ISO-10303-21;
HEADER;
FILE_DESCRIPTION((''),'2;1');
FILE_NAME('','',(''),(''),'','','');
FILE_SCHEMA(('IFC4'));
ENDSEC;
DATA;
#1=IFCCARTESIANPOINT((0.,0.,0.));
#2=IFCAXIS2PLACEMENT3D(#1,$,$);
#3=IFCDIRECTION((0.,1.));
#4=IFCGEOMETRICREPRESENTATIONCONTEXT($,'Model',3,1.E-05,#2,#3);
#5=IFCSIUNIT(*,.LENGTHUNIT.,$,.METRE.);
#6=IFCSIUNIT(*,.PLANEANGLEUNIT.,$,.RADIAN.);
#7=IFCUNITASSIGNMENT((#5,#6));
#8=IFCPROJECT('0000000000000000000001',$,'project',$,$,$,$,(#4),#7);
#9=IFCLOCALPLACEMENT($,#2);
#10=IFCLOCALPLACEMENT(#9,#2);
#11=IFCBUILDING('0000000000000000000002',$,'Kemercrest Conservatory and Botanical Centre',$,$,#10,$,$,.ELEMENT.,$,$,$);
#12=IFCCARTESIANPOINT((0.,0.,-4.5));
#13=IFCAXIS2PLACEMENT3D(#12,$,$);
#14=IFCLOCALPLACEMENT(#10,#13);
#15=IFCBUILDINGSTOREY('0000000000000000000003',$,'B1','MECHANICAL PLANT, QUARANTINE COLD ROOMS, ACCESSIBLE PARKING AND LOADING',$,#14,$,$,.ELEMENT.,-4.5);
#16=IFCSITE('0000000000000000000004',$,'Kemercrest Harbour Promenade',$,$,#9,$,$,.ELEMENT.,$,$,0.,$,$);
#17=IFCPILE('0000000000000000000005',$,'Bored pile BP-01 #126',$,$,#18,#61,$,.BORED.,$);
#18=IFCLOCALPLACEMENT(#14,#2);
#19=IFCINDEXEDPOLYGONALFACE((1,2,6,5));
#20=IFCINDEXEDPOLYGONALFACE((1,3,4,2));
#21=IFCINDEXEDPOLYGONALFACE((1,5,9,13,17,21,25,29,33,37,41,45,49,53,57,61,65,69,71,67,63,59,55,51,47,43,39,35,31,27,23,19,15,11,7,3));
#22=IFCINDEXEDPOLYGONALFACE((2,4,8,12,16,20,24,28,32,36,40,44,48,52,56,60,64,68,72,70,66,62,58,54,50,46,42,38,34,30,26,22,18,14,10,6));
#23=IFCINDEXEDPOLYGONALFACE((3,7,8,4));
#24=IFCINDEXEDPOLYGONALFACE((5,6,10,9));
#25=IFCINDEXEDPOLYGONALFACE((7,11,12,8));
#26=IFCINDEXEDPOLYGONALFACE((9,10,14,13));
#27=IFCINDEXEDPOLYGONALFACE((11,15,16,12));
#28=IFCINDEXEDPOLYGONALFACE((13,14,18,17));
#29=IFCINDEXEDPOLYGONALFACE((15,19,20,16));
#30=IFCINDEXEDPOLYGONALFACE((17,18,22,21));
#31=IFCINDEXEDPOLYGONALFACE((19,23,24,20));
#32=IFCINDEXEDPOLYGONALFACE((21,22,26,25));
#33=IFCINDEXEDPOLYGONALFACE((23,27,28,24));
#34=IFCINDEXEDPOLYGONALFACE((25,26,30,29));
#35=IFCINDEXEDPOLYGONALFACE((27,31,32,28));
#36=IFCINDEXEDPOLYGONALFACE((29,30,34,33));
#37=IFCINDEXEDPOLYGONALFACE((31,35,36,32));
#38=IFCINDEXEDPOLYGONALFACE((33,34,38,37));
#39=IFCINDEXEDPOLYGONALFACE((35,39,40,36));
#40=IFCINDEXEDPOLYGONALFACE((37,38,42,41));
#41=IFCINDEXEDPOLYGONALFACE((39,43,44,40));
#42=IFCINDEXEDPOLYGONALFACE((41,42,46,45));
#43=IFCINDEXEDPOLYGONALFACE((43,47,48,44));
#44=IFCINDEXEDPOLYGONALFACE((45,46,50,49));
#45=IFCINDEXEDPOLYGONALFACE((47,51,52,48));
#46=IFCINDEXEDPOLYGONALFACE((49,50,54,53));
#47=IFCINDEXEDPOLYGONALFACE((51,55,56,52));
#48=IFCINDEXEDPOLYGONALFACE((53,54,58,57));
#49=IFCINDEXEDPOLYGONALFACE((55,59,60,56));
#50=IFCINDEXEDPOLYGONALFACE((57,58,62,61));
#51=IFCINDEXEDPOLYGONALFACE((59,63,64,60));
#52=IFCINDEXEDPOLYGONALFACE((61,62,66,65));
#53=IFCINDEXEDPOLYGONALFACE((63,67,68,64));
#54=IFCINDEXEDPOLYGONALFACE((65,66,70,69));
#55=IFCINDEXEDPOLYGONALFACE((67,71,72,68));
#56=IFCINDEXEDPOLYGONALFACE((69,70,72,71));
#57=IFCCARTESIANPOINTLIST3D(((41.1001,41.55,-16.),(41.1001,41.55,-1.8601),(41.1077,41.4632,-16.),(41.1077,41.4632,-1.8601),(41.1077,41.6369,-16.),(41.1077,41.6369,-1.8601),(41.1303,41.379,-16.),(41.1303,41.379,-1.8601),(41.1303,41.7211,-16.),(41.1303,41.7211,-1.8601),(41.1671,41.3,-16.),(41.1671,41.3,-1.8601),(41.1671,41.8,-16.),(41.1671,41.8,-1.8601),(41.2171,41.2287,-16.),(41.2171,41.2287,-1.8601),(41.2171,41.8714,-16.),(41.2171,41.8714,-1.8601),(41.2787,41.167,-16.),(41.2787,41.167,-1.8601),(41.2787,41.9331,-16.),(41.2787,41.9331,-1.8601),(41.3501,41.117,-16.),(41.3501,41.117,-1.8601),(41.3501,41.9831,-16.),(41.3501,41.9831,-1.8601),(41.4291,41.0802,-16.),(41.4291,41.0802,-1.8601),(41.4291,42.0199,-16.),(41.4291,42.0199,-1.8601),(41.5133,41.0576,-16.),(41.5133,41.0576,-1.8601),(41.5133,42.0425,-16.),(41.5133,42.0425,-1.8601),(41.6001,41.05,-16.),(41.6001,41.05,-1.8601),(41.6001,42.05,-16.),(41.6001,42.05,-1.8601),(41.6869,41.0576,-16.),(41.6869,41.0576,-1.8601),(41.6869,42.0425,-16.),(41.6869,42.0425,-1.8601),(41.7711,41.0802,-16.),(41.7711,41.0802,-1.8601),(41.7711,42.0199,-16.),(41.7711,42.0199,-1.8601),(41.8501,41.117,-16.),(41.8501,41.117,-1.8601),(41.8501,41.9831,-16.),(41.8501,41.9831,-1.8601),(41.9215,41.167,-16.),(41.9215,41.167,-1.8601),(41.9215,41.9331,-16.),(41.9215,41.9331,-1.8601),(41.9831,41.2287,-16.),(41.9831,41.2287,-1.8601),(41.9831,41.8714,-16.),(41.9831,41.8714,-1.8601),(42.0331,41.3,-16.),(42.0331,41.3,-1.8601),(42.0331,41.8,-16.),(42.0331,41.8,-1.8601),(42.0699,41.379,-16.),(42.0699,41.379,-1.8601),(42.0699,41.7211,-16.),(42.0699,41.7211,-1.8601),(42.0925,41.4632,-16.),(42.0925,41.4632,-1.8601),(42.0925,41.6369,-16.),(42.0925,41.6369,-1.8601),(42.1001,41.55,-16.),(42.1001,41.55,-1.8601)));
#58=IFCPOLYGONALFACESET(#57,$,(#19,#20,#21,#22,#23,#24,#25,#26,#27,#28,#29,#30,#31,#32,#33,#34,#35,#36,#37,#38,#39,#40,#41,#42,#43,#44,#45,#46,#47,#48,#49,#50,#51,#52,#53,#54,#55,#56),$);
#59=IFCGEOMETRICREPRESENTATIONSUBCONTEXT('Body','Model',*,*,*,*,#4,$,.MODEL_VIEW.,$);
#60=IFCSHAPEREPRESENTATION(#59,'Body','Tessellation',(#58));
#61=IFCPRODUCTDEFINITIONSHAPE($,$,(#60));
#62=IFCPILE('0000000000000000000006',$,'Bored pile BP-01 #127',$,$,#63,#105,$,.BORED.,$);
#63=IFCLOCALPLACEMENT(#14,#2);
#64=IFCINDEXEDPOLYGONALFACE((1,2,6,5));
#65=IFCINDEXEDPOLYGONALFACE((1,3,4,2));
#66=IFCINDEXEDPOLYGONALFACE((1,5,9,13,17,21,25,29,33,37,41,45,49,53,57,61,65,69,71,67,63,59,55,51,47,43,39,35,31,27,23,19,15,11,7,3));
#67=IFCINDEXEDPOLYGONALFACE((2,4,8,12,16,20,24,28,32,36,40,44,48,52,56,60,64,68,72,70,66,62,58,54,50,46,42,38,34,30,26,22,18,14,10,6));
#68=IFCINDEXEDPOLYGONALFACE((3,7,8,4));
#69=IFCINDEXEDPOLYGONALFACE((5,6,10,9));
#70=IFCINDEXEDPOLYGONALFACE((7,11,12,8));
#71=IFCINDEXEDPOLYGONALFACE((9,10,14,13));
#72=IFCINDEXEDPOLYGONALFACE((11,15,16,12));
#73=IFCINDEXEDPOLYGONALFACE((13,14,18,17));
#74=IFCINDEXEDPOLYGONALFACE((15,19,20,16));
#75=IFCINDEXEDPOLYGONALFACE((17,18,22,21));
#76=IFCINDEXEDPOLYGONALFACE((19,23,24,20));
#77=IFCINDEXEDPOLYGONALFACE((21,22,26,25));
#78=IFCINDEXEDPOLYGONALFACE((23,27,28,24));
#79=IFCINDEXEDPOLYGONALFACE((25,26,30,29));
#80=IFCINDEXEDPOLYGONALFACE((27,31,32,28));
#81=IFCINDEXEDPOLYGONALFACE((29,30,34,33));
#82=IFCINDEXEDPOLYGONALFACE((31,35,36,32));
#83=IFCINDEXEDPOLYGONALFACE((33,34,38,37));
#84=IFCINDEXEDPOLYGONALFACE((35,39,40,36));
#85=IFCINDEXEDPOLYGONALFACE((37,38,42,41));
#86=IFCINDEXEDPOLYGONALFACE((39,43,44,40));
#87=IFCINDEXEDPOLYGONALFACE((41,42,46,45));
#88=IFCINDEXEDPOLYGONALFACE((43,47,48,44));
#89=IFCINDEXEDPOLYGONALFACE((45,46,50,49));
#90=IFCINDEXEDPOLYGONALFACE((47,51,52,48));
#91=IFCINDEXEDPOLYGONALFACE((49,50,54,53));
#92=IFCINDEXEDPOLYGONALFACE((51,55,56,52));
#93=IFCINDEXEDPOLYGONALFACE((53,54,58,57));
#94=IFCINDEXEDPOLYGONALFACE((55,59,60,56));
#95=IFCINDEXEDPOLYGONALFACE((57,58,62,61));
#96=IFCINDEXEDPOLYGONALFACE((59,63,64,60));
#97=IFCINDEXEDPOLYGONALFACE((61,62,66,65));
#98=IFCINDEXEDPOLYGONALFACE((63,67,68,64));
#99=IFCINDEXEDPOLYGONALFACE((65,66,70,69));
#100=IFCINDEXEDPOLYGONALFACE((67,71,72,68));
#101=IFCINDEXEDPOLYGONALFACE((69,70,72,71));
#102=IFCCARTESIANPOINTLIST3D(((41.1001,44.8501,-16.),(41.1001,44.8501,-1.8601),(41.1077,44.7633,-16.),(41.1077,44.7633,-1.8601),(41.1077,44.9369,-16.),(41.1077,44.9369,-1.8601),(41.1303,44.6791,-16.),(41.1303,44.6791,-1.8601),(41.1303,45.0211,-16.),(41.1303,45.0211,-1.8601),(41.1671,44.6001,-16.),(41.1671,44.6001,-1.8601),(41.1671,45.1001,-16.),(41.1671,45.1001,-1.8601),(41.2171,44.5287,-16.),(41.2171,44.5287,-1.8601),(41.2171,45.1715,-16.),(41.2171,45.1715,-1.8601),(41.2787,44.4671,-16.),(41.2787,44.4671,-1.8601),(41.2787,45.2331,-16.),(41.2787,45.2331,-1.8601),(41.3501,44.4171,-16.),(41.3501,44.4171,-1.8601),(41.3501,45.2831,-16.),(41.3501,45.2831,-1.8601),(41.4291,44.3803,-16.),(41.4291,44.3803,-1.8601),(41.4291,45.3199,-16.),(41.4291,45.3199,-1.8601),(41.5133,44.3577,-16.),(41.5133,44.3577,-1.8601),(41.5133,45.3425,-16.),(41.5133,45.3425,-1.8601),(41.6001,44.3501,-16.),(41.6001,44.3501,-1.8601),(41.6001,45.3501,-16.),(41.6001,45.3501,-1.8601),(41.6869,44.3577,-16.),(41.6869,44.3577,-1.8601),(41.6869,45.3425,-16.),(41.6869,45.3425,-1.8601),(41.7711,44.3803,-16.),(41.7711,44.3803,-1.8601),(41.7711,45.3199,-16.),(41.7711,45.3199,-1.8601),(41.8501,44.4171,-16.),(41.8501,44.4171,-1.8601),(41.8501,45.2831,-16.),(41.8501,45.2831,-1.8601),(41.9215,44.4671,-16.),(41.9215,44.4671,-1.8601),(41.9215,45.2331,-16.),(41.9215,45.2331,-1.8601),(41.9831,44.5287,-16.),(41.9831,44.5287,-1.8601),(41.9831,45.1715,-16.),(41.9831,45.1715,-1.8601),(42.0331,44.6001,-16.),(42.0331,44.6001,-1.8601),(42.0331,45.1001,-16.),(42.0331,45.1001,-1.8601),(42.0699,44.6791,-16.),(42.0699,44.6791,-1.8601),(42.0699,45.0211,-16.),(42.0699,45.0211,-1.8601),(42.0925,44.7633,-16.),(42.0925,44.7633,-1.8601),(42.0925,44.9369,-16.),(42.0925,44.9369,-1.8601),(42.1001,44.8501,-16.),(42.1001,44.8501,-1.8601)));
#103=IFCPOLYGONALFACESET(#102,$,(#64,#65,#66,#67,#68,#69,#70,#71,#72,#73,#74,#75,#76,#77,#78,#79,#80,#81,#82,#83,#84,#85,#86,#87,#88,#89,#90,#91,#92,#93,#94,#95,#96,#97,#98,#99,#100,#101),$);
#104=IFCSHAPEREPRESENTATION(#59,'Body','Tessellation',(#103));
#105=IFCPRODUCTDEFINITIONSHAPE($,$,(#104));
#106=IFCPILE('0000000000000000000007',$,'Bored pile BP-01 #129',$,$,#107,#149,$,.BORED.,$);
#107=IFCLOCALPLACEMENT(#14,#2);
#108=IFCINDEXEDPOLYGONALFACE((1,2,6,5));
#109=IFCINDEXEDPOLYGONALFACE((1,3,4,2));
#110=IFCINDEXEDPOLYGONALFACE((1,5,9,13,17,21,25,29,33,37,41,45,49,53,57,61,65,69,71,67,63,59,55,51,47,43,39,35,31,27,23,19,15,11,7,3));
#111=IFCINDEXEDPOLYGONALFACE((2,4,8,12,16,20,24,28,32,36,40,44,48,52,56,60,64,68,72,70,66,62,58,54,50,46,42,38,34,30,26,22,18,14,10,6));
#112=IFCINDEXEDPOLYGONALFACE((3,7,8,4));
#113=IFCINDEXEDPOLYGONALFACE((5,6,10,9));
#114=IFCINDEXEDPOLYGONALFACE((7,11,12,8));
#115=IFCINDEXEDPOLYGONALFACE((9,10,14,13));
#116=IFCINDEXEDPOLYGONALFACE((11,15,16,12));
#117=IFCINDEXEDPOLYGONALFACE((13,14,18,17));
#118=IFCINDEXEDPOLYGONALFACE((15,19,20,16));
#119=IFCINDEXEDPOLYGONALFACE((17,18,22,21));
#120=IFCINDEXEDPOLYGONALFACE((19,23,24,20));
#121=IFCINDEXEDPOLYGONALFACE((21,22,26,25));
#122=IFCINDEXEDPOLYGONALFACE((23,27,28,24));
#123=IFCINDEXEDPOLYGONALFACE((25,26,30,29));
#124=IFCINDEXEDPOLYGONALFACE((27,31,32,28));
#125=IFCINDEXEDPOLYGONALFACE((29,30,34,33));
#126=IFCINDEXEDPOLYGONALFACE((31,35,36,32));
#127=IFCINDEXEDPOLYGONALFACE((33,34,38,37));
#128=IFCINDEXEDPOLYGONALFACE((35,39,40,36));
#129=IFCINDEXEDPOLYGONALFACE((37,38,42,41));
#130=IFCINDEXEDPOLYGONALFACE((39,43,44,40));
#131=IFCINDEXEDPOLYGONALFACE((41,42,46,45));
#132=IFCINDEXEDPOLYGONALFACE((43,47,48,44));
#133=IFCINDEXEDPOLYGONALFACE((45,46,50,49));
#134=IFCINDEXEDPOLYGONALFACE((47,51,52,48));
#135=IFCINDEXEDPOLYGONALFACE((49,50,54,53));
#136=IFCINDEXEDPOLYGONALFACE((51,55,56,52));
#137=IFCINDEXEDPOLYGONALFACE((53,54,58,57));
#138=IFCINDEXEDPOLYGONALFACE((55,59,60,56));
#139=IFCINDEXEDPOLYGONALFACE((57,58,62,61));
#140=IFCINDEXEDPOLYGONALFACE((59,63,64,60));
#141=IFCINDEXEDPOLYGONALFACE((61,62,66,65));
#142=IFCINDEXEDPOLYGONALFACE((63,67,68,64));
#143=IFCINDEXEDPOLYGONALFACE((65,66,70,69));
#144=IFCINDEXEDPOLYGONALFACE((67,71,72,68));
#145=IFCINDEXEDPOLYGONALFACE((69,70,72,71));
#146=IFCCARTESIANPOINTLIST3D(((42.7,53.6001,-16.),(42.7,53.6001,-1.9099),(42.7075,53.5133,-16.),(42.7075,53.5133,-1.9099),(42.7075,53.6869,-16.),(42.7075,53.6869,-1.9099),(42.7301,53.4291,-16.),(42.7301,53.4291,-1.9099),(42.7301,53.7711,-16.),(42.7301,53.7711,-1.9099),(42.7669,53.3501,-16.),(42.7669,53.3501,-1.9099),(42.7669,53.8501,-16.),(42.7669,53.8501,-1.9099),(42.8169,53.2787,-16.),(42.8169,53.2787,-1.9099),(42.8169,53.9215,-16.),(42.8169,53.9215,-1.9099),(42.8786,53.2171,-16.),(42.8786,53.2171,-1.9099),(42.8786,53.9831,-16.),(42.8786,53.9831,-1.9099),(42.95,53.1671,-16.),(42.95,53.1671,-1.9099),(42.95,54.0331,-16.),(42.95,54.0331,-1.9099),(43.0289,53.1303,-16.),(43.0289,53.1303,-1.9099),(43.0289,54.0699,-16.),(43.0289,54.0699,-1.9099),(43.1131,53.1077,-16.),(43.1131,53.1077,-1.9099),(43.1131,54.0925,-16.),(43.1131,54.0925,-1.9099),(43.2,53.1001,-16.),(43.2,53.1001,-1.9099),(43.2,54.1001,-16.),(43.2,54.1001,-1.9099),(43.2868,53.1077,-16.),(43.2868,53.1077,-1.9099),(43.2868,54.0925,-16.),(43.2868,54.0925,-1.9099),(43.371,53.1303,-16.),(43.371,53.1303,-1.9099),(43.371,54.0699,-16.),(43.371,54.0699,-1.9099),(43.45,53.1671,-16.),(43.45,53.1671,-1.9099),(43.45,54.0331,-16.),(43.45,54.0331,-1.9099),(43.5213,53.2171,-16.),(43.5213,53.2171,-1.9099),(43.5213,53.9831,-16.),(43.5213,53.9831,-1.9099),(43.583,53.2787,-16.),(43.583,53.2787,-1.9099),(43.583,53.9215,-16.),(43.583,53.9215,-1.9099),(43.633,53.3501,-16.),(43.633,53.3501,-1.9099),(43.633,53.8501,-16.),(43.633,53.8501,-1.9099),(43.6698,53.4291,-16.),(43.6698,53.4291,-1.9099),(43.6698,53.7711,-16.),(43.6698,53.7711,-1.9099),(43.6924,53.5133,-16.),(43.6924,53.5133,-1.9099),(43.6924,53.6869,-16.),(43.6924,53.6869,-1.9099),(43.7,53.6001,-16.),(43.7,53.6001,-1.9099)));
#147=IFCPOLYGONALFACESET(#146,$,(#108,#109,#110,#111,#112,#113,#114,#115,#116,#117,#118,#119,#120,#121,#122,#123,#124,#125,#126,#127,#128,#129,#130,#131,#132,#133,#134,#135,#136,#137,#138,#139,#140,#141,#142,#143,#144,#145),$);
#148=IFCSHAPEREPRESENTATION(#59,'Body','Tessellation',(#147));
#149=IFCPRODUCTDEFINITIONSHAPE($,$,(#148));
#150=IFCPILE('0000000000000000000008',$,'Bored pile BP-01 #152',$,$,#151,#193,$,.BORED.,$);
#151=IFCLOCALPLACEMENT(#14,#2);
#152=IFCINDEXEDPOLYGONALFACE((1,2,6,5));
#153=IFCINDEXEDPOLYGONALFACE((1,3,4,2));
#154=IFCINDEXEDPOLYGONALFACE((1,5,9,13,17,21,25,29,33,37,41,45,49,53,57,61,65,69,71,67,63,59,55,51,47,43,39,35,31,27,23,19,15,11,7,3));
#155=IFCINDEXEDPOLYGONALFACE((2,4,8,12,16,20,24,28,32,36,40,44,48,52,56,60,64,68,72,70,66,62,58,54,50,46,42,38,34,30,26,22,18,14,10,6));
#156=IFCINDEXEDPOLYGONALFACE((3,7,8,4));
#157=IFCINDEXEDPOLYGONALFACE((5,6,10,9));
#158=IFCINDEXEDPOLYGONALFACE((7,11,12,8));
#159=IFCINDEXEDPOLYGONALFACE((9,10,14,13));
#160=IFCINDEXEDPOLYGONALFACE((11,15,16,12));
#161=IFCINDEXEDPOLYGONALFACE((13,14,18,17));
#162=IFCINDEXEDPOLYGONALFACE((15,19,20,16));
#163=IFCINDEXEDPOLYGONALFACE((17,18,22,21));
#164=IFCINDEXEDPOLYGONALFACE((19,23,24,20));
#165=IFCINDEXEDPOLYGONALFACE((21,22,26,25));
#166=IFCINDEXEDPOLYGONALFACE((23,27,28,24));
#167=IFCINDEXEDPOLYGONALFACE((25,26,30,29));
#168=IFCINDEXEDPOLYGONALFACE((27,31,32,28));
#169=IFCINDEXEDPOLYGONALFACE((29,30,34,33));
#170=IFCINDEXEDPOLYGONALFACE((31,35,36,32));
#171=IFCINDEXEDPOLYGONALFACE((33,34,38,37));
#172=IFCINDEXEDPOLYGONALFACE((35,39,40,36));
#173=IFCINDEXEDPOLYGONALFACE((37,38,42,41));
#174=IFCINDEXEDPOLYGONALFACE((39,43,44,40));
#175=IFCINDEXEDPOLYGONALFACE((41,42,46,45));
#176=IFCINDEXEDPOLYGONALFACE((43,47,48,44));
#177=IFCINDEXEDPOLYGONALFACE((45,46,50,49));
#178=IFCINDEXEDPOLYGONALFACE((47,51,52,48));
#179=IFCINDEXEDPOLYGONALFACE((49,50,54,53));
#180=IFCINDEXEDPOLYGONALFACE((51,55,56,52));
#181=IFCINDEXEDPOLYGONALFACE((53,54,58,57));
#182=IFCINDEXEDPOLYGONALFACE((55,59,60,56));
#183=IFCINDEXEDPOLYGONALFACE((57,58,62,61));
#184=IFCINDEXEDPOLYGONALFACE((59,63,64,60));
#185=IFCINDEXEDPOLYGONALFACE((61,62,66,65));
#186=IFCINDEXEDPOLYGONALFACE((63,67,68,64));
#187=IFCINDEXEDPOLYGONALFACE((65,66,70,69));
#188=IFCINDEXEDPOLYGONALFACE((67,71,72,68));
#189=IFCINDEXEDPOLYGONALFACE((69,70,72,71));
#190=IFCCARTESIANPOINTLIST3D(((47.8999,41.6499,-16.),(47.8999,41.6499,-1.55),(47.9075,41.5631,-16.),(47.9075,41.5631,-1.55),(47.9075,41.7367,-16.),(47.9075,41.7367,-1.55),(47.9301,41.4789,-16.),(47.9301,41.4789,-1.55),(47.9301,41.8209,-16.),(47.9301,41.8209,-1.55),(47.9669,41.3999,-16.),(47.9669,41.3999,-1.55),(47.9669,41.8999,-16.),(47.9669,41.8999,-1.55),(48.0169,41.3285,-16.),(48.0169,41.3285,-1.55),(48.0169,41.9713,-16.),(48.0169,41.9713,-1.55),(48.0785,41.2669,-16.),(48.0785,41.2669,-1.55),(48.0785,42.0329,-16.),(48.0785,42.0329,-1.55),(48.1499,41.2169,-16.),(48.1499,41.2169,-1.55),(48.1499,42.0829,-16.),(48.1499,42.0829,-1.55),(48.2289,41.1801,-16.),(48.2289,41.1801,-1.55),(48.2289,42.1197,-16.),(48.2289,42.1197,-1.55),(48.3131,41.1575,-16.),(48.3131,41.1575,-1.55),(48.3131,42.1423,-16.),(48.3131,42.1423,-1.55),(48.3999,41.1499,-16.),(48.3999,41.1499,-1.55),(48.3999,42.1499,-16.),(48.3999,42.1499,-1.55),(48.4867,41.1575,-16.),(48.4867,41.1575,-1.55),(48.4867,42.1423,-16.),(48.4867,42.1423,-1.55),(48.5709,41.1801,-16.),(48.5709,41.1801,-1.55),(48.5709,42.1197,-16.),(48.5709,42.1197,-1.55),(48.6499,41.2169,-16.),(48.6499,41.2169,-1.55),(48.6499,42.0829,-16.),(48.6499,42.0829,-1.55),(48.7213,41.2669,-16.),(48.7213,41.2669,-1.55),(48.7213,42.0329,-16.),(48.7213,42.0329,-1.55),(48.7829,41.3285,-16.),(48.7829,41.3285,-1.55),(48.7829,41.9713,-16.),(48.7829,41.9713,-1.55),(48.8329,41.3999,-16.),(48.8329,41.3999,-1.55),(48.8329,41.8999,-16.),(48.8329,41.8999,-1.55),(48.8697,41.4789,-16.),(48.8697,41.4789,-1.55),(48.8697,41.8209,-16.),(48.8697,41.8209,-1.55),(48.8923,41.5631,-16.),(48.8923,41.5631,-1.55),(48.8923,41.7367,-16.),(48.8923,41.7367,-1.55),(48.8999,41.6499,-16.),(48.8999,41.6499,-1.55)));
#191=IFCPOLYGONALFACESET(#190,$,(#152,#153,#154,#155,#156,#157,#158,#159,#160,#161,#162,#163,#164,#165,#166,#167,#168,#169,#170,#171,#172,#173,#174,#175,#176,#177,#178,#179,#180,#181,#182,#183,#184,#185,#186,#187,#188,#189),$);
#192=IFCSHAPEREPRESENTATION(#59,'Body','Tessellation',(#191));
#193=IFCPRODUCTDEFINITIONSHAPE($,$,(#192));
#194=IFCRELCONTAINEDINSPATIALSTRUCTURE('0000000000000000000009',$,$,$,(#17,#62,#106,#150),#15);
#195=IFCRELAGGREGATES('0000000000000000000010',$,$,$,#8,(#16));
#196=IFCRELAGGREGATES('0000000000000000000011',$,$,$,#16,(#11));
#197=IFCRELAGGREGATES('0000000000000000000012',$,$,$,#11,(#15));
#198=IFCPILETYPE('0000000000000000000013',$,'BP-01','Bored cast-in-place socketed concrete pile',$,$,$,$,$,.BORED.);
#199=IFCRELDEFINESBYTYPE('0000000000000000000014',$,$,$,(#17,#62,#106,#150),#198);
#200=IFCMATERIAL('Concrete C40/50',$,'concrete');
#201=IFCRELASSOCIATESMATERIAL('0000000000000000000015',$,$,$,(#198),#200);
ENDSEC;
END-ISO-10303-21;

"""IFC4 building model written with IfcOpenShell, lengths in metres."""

from ifc_helpers import new_model, si_unit, direction, frame, origin, origin_2d, place, context, subcontext, project, spatial, circle, extrude, material, material_profile, profile_set, type_object, element, save


model = new_model("IFC4")

# Units and contexts
model_context = context("Model", 3, precision=1e-05, world=origin(), true_north=direction((0.0, 1.0)))
body_context = subcontext(model_context, "Body", "Model", "MODEL_VIEW")
ifc_project = project(units=[si_unit("LENGTHUNIT", "METRE"), si_unit("PLANEANGLEUNIT", "RADIAN")], contexts=[model_context])

# Site, building, storey
site_placement = place(None, origin())
site = spatial("IfcSite", under=ifc_project, at=site_placement, Name="Kemercrest Harbour Promenade", CompositionType="ELEMENT", RefElevation=0.0)
building_placement = place(site_placement, origin())
building = spatial("IfcBuilding", under=site, at=building_placement, Name="Kemercrest Conservatory and Botanical Centre", CompositionType="ELEMENT")
storey_placement = place(building_placement, frame((0.0, 0.0, -4.5)))
storey = spatial("IfcBuildingStorey", under=building, at=storey_placement, Name="B1", Description="MECHANICAL PLANT, QUARANTINE COLD ROOMS, ACCESSIBLE PARKING AND LOADING", CompositionType="ELEMENT", Elevation=-4.5)

# Piles
ifc_material_1 = material(Name="Concrete C40/50", Category="concrete")
ifc_material_profile_1 = material_profile(ifc_material_1, circle(Radius=0.5, at=origin_2d()), Name="BORED PILE 1000")
ifc_profile_set_1 = profile_set([ifc_material_profile_1], Name="Concrete C40/50")
pile_type_1 = type_object("IfcPileType", Name="BP-01", Description="Bored cast-in-place socketed concrete pile", PredefinedType="BORED", material=ifc_profile_set_1)
for number, where, z_axis, x_axis, name in (
    (1, (41.6001, 41.55, -1.8601), (0.0, 0.0, -1.0), (1.0, 0.0, 0.0), "Bored pile BP-01 #126"),
    (2, (41.6001, 44.8501, -1.8601), (0.0, 0.0, -1.0), (1.0, 0.0, 0.0), "Bored pile BP-01 #127"),
):
    element("IfcPile", number, at=place(storey_placement, frame(where, z_axis=z_axis, x_axis=x_axis)), inside=storey, type_object=pile_type_1, Name=name, PredefinedType="BORED", context=body_context, shape_type="SweptSolid", body=[
        extrude(circle(Radius=0.5, at=origin_2d()), origin(), (0.0, 0.0, 1.0), 14.1399),
    ])
pile_1_placement = place(storey_placement, frame((43.2, 53.6001, -1.9099), z_axis=(0.0, 0.0, -1.0), x_axis=(1.0, 0.0, 0.0)))
element("IfcPile", 3, at=pile_1_placement, inside=storey, type_object=pile_type_1, Name="Bored pile BP-01 #129", PredefinedType="BORED", context=body_context, shape_type="SweptSolid", body=[
    extrude(circle(Radius=0.5, at=origin_2d()), origin(), (0.0, 0.0, 1.0), 14.0901),
])
for number, where, z_axis, x_axis, name in (
    (4, (48.3999, 41.6499, -1.55), (0.0, 0.0, -1.0), (1.0, 0.0, 0.0), "Bored pile BP-01 #152"),
):
    element("IfcPile", number, at=place(storey_placement, frame(where, z_axis=z_axis, x_axis=x_axis)), inside=storey, type_object=pile_type_1, Name=name, PredefinedType="BORED", context=body_context, shape_type="SweptSolid", body=[
        extrude(circle(Radius=0.5, at=origin_2d()), origin(), (0.0, 0.0, 1.0), 14.45),
    ])

save(model, "model.ifc")
